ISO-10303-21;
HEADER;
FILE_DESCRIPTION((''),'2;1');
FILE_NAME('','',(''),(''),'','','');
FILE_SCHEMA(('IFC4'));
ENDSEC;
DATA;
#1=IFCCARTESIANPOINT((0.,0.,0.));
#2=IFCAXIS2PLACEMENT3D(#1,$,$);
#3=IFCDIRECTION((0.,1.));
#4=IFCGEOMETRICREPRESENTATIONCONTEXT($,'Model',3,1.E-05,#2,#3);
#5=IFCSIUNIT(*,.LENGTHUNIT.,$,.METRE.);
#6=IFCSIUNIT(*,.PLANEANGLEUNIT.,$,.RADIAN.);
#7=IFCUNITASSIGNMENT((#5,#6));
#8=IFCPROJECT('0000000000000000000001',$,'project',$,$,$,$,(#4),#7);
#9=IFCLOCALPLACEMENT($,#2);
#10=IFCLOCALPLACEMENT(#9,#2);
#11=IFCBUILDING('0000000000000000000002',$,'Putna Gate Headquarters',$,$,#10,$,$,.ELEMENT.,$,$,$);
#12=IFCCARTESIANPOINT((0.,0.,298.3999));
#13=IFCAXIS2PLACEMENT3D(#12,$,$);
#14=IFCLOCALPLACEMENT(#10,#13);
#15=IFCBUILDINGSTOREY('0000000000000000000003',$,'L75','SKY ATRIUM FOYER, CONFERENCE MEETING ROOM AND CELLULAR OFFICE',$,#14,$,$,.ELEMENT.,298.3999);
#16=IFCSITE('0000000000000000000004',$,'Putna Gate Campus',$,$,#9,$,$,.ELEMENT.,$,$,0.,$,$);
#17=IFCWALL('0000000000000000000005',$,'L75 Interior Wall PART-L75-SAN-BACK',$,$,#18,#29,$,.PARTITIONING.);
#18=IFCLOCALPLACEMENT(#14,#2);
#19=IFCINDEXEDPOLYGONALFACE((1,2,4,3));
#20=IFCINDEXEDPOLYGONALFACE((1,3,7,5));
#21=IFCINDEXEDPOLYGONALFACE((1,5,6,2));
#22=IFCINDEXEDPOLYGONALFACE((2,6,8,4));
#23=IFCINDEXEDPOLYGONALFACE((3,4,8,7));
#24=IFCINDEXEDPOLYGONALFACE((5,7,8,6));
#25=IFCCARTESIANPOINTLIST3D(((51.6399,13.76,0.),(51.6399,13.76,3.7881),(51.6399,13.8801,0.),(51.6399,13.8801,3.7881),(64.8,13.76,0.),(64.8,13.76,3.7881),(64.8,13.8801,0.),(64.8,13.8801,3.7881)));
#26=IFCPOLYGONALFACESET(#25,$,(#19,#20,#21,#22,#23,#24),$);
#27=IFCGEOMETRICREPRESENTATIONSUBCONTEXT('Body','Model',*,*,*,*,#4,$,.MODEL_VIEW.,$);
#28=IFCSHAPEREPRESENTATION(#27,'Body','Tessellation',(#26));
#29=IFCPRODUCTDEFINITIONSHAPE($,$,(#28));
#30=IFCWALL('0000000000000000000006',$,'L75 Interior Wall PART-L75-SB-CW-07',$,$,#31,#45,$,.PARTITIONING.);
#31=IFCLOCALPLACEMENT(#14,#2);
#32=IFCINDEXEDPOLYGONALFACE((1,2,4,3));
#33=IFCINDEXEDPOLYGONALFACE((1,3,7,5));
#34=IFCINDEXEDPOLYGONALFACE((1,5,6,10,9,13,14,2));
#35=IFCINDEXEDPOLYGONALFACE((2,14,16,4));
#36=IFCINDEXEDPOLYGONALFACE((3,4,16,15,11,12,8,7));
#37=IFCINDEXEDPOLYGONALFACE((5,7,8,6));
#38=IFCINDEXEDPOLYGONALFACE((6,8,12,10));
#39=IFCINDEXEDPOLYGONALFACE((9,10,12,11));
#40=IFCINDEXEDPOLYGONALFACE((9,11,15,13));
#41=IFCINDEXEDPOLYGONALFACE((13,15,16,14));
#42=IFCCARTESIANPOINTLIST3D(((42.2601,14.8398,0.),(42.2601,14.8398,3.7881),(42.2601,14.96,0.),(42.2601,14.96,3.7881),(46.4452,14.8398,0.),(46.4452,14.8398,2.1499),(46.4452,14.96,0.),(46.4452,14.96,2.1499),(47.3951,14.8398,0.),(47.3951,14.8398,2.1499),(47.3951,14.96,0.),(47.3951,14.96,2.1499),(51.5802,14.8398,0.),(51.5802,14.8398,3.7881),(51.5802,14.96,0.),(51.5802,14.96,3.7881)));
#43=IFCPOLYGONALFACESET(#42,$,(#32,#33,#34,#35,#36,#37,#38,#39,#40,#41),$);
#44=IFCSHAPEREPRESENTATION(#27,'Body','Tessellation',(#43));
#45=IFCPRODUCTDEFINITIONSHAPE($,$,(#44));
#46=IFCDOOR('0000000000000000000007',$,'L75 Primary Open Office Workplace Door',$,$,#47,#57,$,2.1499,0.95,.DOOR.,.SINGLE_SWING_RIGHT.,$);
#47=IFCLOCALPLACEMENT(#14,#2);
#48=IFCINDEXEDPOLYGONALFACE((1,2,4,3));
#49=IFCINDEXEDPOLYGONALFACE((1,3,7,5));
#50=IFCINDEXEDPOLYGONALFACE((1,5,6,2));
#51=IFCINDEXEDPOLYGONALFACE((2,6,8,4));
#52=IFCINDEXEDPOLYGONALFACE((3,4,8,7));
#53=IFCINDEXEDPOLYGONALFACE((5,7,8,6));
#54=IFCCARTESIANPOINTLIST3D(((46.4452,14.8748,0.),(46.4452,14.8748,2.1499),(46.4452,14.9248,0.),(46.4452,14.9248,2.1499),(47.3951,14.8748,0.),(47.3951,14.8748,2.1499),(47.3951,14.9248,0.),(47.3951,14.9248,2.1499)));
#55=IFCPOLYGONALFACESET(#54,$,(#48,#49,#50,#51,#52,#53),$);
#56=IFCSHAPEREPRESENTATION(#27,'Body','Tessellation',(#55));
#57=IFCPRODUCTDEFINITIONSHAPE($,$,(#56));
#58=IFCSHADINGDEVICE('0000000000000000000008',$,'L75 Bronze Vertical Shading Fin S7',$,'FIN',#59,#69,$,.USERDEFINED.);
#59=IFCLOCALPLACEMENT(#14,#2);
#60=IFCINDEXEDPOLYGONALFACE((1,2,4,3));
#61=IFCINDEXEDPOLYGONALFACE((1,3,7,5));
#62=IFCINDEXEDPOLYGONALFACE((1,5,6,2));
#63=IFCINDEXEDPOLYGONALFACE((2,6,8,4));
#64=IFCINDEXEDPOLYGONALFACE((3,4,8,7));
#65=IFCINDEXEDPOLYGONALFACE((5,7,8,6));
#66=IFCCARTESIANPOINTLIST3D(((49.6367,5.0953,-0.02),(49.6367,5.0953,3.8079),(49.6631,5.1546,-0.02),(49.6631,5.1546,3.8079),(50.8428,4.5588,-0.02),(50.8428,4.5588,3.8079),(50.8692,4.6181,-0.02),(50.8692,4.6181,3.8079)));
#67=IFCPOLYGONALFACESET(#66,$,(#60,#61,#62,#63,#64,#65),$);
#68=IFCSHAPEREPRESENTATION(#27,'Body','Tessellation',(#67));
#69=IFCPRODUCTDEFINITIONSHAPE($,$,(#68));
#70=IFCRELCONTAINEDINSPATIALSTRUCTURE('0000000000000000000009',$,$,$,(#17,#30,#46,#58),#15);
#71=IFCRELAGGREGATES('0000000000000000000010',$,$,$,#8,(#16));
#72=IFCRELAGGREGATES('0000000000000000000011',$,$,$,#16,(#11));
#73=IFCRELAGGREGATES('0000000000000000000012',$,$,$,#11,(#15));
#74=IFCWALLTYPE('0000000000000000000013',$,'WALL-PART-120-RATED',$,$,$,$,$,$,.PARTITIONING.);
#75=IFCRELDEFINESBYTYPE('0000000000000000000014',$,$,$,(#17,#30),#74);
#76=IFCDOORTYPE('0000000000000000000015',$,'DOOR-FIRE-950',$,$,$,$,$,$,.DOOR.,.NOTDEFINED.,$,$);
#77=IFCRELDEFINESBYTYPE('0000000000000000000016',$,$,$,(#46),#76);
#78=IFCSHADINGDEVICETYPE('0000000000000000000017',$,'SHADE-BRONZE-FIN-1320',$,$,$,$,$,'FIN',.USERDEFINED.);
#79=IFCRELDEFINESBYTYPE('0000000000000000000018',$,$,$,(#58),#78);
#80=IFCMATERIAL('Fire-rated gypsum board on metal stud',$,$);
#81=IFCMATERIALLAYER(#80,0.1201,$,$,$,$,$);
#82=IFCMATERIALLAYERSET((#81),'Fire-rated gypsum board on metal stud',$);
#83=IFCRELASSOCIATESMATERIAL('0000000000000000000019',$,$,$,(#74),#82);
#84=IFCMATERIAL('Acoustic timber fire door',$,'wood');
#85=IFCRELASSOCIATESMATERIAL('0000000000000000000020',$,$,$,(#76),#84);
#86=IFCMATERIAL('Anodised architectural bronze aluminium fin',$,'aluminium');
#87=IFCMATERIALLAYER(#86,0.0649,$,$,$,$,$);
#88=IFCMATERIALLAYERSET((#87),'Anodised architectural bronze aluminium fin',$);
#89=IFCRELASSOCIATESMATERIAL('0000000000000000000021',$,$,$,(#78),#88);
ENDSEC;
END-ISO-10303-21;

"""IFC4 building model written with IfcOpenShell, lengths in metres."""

from ifc_helpers import new_model, si_unit, direction, frame, frame_2d, origin, origin_2d, place, context, subcontext, project, spatial, rectangle, extrude, material, layer, layer_set, type_object, element, fill, save


model = new_model("IFC4")

# Units and contexts
model_context = context("Model", 3, precision=1e-05, world=origin(), true_north=direction((0.0, 1.0)))
body_context = subcontext(model_context, "Body", "Model", "MODEL_VIEW")
ifc_project = project(units=[si_unit("LENGTHUNIT", "METRE"), si_unit("PLANEANGLEUNIT", "RADIAN")], contexts=[model_context])

# Site, building, storey
site_placement = place(None, origin())
site = spatial("IfcSite", under=ifc_project, at=site_placement, Name="Putna Gate Campus", CompositionType="ELEMENT", RefElevation=0.0)
building_placement = place(site_placement, origin())
building = spatial("IfcBuilding", under=site, at=building_placement, Name="Putna Gate Headquarters", CompositionType="ELEMENT")
storey_placement = place(building_placement, frame((0.0, 0.0, 298.3999)))
storey = spatial("IfcBuildingStorey", under=building, at=storey_placement, Name="L75", Description="SKY ATRIUM FOYER, CONFERENCE MEETING ROOM AND CELLULAR OFFICE", CompositionType="ELEMENT", Elevation=298.3999)

# Wall
ifc_material_1 = material(Name="Fire-rated gypsum board on metal stud")
ifc_layer_1 = layer(ifc_material_1, 0.1201)
ifc_layer_set_1 = layer_set([ifc_layer_1], Name="Fire-rated gypsum board on metal stud")
wall_type_1 = type_object("IfcWallType", Name="WALL-PART-120-RATED", PredefinedType="PARTITIONING", material=ifc_layer_set_1)
wall_1_placement = place(storey_placement, frame((51.6399, 13.8201, 0.0), z_axis=(0.0, 0.0, 1.0), x_axis=(1.0, 0.0, 0.0)))
element("IfcWall", 1, at=wall_1_placement, inside=storey, type_object=wall_type_1, Name="L75 Interior Wall PART-L75-SAN-BACK", PredefinedType="PARTITIONING", context=body_context, shape_type="SweptSolid", body=[
    extrude(rectangle(XDim=13.1602, YDim=0.1201, at=frame_2d((6.5801, 0.0))), origin(), (0.0, 0.0, 1.0), 3.7881),
])

# Wall, opening, door
wall_2_placement = place(storey_placement, frame((42.26, 14.8999, 0.0), z_axis=(0.0, 0.0, 1.0), x_axis=(1.0, 0.0, 0.0)))
wall_2 = element("IfcWall", 2, at=wall_2_placement, inside=storey, type_object=wall_type_1, Name="L75 Interior Wall PART-L75-SB-CW-07", PredefinedType="PARTITIONING", context=body_context, shape_type="SweptSolid", body=[
    extrude(rectangle(XDim=9.3201, YDim=0.1201, at=frame_2d((4.6602, 0.0))), origin(), (0.0, 0.0, 1.0), 3.7881),
])
opening_placement = place(wall_2_placement, frame((4.1851, 0.0, 0.0)))
opening = element("IfcOpeningElement", 3, at=opening_placement, cuts=wall_2, PredefinedType="OPENING", context=body_context, shape_type="SweptSolid", body=[
    extrude(rectangle(XDim=0.95, YDim=2.1499, at=frame_2d((0.4751, 1.075))), frame((0.0, 0.0701, 0.0), z_axis=(0.0, -1.0, 0.0), x_axis=(1.0, 0.0, 0.0)), (0.0, 0.0, 1.0), 0.1401),
])
ifc_material_2 = material(Name="Acoustic timber fire door", Category="wood")
door_type = type_object("IfcDoorType", Name="DOOR-FIRE-950", OperationType="NOTDEFINED", PredefinedType="DOOR", material=ifc_material_2)
door_placement = place(opening_placement, origin())
door = element("IfcDoor", 4, at=door_placement, inside=storey, type_object=door_type, Name="L75 Primary Open Office Workplace Door", OperationType="SINGLE_SWING_RIGHT", OverallHeight=2.1499, OverallWidth=0.95, PredefinedType="DOOR", context=body_context, shape_type="SweptSolid", body=[
    extrude(rectangle(XDim=0.95, YDim=2.1499, at=frame_2d((0.4751, 1.075))), frame((0.0, 0.0249, 0.0), z_axis=(0.0, -1.0, 0.0), x_axis=(1.0, 0.0, 0.0)), (0.0, 0.0, 1.0), 0.05),
])
fill(opening, door)

# Shading device
ifc_material_3 = material(Name="Anodised architectural bronze aluminium fin", Category="aluminium")
ifc_layer_2 = layer(ifc_material_3, 0.0649)
ifc_layer_set_2 = layer_set([ifc_layer_2], Name="Anodised architectural bronze aluminium fin")
shading_device_type = type_object("IfcShadingDeviceType", Name="SHADE-BRONZE-FIN-1320", ElementType="FIN", PredefinedType="USERDEFINED", material=ifc_layer_set_2)
shading_device_placement = place(storey_placement, frame((50.2529, 4.8567, -0.02), z_axis=(0.0, 0.0, 1.0), x_axis=(0.913687, -0.406418, 0.0)))
element("IfcShadingDevice", 5, at=shading_device_placement, inside=storey, type_object=shading_device_type, Name="L75 Bronze Vertical Shading Fin S7", ObjectType="FIN", PredefinedType="USERDEFINED", context=body_context, shape_type="SweptSolid", body=[
    extrude(rectangle(XDim=1.3201, YDim=0.0649, at=origin_2d()), origin(), (0.0, 0.0, 1.0), 3.8279),
])

save(model, "model.ifc")
